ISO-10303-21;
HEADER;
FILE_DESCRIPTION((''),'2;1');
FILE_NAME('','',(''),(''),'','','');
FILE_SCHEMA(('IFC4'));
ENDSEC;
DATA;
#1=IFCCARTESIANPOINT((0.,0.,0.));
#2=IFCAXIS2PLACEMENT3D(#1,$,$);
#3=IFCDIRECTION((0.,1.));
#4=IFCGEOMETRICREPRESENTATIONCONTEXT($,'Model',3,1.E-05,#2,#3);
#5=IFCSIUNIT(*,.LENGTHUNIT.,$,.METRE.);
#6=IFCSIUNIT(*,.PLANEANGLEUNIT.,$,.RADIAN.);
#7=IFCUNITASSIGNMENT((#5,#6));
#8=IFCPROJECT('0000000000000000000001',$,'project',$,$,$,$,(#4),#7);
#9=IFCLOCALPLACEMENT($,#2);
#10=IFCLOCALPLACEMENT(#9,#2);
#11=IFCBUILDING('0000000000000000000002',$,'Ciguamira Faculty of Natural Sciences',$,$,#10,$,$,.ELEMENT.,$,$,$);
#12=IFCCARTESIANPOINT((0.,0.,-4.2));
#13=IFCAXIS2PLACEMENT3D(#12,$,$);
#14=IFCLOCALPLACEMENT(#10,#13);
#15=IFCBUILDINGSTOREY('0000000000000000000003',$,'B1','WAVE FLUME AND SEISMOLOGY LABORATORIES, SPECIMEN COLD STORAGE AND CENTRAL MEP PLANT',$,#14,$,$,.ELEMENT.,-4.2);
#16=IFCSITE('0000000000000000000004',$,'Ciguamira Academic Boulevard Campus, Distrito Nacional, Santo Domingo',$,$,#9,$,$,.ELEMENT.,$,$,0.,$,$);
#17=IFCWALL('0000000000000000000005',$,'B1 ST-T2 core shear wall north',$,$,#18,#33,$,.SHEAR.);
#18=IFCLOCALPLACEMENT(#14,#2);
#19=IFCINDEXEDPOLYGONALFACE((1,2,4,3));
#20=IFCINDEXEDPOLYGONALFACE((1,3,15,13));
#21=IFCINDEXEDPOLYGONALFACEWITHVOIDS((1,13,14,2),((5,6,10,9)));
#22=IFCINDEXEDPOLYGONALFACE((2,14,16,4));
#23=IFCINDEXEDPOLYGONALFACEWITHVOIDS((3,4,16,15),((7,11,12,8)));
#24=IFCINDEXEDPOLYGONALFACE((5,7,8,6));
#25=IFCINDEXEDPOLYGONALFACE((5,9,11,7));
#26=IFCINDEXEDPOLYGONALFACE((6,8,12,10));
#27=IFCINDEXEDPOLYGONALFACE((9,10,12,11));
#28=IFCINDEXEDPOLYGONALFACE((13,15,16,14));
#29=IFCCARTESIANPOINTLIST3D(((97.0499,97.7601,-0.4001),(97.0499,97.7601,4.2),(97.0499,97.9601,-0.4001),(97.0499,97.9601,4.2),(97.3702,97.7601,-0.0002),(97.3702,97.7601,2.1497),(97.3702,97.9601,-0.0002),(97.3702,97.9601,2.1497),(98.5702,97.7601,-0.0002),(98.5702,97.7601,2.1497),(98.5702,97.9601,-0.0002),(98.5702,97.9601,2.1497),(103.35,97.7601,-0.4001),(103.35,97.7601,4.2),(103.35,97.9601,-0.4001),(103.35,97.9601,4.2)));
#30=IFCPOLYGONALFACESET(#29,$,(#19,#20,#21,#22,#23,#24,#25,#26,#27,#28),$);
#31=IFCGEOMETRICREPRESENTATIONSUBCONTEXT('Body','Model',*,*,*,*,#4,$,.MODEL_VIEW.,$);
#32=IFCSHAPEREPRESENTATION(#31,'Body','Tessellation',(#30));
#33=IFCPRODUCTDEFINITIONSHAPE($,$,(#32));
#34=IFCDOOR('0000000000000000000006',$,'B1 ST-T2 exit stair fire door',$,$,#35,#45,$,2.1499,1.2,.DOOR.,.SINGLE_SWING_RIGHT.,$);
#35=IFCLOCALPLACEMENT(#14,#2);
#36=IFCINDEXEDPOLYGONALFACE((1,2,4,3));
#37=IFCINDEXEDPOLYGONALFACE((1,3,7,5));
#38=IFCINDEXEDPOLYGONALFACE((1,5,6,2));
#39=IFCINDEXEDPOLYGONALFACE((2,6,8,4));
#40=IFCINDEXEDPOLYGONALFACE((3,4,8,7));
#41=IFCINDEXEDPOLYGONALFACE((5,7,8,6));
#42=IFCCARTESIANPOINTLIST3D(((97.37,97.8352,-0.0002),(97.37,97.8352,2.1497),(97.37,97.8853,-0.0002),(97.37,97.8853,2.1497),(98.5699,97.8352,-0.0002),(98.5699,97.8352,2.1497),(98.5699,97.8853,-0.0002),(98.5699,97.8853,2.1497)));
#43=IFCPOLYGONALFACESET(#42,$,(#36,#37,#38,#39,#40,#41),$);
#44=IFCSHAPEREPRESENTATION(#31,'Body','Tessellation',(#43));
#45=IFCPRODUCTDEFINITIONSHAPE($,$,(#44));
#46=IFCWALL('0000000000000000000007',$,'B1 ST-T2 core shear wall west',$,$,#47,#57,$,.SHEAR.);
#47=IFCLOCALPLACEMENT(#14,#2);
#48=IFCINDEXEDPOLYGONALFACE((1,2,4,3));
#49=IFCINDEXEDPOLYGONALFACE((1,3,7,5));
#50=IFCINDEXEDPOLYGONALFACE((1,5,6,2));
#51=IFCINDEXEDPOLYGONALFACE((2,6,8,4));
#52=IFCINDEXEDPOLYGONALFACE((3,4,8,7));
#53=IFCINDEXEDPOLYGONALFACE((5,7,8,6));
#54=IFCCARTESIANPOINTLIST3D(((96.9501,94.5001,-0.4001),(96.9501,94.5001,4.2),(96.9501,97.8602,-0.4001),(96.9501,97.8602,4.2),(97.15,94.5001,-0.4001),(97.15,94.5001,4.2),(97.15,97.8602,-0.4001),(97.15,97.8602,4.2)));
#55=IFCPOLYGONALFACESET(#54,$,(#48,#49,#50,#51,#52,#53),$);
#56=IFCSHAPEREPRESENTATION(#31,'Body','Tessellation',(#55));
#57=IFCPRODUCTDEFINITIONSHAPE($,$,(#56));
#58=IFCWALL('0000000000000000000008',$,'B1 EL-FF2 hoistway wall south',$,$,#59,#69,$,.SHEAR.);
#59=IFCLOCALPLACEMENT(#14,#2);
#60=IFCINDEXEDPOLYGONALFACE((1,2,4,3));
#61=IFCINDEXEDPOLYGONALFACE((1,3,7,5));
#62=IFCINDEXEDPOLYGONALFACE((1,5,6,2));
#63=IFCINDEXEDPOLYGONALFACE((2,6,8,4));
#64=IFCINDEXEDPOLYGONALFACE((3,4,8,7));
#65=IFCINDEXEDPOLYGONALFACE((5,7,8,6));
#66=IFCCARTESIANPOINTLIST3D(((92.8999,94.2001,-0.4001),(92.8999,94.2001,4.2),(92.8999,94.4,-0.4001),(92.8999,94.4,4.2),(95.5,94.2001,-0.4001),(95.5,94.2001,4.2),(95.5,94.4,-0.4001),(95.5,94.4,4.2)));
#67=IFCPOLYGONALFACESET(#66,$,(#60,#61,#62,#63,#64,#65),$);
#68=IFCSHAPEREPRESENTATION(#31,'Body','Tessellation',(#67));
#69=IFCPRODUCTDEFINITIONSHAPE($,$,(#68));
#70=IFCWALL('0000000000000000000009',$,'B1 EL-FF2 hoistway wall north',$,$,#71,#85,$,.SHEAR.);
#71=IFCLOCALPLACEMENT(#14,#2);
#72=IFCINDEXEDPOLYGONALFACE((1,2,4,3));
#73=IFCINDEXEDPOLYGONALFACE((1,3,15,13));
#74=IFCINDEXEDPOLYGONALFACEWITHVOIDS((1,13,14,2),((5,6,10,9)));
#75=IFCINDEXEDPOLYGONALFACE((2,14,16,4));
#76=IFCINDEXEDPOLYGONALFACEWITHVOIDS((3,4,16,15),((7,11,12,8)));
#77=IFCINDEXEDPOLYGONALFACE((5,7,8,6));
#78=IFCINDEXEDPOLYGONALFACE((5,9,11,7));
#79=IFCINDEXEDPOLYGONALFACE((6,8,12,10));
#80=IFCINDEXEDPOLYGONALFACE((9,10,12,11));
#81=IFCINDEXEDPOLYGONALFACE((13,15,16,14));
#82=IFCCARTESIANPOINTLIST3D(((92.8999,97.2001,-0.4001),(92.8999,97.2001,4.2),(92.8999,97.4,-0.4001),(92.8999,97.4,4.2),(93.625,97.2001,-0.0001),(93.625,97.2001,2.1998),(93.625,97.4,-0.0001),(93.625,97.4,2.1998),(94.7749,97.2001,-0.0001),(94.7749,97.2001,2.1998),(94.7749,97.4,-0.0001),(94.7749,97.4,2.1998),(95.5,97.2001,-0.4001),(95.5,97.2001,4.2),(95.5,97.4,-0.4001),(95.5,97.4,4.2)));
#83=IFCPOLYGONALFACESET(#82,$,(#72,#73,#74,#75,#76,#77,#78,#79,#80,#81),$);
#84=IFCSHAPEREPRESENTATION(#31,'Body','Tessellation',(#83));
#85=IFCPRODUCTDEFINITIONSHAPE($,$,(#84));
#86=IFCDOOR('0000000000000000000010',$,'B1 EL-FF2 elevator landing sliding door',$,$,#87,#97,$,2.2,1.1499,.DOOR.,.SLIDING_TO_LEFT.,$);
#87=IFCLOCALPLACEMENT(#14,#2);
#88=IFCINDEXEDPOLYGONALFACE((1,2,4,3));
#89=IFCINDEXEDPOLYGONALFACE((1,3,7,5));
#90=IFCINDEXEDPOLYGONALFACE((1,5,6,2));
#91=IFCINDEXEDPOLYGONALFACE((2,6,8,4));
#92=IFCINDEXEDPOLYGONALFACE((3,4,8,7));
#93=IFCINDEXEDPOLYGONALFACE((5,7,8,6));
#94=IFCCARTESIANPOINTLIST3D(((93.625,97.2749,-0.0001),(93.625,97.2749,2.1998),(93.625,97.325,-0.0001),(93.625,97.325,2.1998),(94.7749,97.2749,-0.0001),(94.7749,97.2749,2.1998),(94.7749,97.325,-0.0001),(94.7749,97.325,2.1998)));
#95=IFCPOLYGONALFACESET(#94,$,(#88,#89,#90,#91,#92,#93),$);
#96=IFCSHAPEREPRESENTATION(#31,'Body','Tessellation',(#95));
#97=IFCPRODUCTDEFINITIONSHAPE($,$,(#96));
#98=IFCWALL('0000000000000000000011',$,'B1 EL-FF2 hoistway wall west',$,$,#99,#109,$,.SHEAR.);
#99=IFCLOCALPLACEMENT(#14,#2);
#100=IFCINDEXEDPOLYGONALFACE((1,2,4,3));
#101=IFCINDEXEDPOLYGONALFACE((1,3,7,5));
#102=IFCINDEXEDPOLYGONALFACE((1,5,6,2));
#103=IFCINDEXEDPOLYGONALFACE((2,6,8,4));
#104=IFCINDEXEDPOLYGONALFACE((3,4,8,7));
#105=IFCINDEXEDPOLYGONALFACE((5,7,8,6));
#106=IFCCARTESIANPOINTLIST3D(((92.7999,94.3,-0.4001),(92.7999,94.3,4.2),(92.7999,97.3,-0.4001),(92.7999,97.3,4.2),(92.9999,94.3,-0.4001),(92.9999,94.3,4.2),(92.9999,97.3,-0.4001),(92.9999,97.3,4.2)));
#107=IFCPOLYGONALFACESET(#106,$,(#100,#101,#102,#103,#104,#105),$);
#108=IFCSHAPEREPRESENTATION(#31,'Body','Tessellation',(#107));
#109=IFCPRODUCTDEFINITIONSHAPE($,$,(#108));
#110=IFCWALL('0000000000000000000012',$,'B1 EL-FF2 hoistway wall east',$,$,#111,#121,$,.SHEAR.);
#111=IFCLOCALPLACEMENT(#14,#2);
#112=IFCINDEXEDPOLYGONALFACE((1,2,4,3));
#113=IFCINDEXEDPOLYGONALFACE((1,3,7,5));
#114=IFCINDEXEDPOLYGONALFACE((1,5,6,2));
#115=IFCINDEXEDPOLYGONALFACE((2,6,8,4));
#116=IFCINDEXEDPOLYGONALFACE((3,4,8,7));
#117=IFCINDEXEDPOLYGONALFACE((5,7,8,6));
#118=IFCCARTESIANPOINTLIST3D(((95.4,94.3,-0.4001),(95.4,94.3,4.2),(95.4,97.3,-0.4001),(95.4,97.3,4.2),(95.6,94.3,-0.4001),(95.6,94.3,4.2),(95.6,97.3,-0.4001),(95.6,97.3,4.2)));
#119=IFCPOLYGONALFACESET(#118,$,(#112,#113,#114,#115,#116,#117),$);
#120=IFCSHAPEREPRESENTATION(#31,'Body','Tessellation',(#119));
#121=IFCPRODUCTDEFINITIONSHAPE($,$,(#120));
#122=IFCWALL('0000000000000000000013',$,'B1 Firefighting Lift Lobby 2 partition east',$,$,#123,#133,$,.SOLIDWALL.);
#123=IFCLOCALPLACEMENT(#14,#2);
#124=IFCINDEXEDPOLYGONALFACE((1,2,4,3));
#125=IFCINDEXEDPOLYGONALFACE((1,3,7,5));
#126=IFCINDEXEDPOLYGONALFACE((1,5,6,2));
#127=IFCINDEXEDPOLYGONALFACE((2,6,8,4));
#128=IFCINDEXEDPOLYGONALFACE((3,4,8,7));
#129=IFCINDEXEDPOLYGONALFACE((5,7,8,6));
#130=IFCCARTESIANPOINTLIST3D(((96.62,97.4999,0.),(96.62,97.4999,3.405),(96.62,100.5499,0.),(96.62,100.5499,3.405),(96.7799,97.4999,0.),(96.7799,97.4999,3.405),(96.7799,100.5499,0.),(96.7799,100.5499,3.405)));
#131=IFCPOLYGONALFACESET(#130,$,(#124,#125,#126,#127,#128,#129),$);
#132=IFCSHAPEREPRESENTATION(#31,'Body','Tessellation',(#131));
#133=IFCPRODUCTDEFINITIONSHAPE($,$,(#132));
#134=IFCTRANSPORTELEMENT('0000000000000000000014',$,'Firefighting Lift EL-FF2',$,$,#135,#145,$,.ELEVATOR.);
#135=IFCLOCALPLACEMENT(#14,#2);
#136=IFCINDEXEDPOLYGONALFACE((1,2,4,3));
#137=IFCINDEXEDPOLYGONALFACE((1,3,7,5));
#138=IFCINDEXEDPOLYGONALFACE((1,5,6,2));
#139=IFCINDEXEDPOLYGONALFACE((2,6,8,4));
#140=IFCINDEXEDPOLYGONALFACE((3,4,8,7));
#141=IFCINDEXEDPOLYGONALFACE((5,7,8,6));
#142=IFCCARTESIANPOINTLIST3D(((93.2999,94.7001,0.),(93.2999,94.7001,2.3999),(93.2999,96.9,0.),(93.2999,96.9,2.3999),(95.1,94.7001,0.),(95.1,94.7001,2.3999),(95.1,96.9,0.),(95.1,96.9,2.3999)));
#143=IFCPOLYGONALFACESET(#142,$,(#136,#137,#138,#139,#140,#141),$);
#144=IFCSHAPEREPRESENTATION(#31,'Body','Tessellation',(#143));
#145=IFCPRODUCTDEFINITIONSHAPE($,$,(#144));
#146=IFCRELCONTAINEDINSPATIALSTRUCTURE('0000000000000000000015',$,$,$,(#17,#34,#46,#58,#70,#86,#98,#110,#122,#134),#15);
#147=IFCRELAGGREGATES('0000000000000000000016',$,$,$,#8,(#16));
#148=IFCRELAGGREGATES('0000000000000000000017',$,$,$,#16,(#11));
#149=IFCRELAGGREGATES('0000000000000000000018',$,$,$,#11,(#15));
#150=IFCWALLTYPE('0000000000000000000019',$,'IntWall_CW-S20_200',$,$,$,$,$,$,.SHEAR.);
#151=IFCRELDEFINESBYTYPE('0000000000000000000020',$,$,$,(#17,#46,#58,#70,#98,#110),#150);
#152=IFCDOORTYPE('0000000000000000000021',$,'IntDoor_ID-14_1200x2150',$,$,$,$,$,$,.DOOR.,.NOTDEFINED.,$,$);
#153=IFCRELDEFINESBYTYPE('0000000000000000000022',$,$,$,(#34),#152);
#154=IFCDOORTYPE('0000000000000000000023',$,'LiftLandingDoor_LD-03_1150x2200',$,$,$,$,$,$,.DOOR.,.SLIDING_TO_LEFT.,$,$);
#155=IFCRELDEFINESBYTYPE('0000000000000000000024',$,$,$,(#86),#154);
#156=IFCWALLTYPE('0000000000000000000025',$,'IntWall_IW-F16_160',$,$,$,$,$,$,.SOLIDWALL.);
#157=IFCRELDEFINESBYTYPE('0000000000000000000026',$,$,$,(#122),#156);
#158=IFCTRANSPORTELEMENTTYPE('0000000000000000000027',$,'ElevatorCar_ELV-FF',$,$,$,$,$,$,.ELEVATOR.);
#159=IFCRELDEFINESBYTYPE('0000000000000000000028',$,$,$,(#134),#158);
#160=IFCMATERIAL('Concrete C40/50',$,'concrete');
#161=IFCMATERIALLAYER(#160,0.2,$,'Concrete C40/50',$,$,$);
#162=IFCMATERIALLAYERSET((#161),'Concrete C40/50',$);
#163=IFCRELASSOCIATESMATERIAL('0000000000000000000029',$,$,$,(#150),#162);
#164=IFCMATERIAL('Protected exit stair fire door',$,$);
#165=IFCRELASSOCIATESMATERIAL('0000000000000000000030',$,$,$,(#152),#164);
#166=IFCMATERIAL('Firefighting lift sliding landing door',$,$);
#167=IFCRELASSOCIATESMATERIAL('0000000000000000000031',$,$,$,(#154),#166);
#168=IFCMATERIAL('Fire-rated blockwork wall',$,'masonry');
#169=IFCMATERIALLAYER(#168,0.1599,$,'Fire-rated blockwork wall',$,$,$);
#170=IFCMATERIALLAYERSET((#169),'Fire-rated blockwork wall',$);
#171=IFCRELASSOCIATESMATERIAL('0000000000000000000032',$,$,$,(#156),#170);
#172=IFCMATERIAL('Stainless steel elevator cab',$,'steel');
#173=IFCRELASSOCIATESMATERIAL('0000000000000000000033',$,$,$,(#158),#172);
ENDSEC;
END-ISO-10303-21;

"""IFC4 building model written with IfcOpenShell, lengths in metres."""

from ifc_helpers import new_model, si_unit, direction, frame, frame_2d, origin, origin_2d, place, context, subcontext, project, spatial, rectangle, extrude, material, layer, layer_set, type_object, element, fill, save


model = new_model("IFC4")

# Units and contexts
model_context = context("Model", 3, precision=1e-05, world=origin(), true_north=direction((0.0, 1.0)))
body_context = subcontext(model_context, "Body", "Model", "MODEL_VIEW")
ifc_project = project(units=[si_unit("LENGTHUNIT", "METRE"), si_unit("PLANEANGLEUNIT", "RADIAN")], contexts=[model_context])

# Site, building, storey
site_placement = place(None, origin())
site = spatial("IfcSite", under=ifc_project, at=site_placement, Name="Ciguamira Academic Boulevard Campus, Distrito Nacional, Santo Domingo", CompositionType="ELEMENT", RefElevation=0.0)
building_placement = place(site_placement, origin())
building = spatial("IfcBuilding", under=site, at=building_placement, Name="Ciguamira Faculty of Natural Sciences", CompositionType="ELEMENT")
storey_placement = place(building_placement, frame((0.0, 0.0, -4.2)))
storey = spatial("IfcBuildingStorey", under=building, at=storey_placement, Name="B1", Description="WAVE FLUME AND SEISMOLOGY LABORATORIES, SPECIMEN COLD STORAGE AND CENTRAL MEP PLANT", CompositionType="ELEMENT", Elevation=-4.2)

# Shared definitions
ifc_material_1 = material(Name="Concrete C40/50", Category="concrete")

# Shared definitions
ifc_layer_1 = layer(ifc_material_1, 0.2, Name="Concrete C40/50")
ifc_layer_set_1 = layer_set([ifc_layer_1], Name="Concrete C40/50")
wall_type_1 = type_object("IfcWallType", Name="IntWall_CW-S20_200", PredefinedType="SHEAR", material=ifc_layer_set_1)

# Wall, opening, door
wall_1_placement = place(storey_placement, frame((97.05, 97.8601, -0.4001), z_axis=(0.0, 0.0, 1.0), x_axis=(1.0, 0.0, 0.0)))
wall_1 = element("IfcWall", 1, at=wall_1_placement, inside=storey, type_object=wall_type_1, Name="B1 ST-T2 core shear wall north", PredefinedType="SHEAR", context=body_context, shape_type="SweptSolid", body=[
    extrude(rectangle(XDim=6.3, YDim=0.2, at=frame_2d((3.1499, 0.0))), origin(), (0.0, 0.0, 1.0), 4.6001),
])
opening_1_placement = place(wall_1_placement, frame((0.3201, 0.0, 0.3999)))
opening_1 = element("IfcOpeningElement", 2, at=opening_1_placement, cuts=wall_1, PredefinedType="OPENING", context=body_context, shape_type="SweptSolid", body=[
    extrude(rectangle(XDim=1.2, YDim=2.1499, at=frame_2d((0.6001, 1.075))), frame((0.0, 0.1099, 0.0), z_axis=(0.0, -1.0, 0.0), x_axis=(1.0, 0.0, 0.0)), (0.0, 0.0, 1.0), 0.22),
])
ifc_material_2 = material(Name="Protected exit stair fire door")
door_type_1 = type_object("IfcDoorType", Name="IntDoor_ID-14_1200x2150", OperationType="NOTDEFINED", PredefinedType="DOOR", material=ifc_material_2)
door_1_placement = place(opening_1_placement, frame((1.2, 0.0, 0.0), z_axis=(0.0, 0.0, 1.0), x_axis=(-1.0, 0.0, 0.0)))
door_1 = element("IfcDoor", 3, at=door_1_placement, inside=storey, type_object=door_type_1, Name="B1 ST-T2 exit stair fire door", OperationType="SINGLE_SWING_RIGHT", OverallHeight=2.1499, OverallWidth=1.2, PredefinedType="DOOR", context=body_context, shape_type="SweptSolid", body=[
    extrude(rectangle(XDim=1.2, YDim=2.1499, at=frame_2d((0.6001, 1.075))), frame((0.0, 0.0249, 0.0), z_axis=(0.0, -1.0, 0.0), x_axis=(1.0, 0.0, 0.0)), (0.0, 0.0, 1.0), 0.05),
])
fill(opening_1, door_1)

# Walls
wall_2_placement = place(storey_placement, frame((97.05, 94.5, -0.4001), z_axis=(0.0, 0.0, 1.0), x_axis=(0.0, 1.0, 0.0)))
element("IfcWall", 4, at=wall_2_placement, inside=storey, type_object=wall_type_1, Name="B1 ST-T2 core shear wall west", PredefinedType="SHEAR", context=body_context, shape_type="SweptSolid", body=[
    extrude(rectangle(XDim=3.3601, YDim=0.2, at=frame_2d((1.6802, 0.0))), origin(), (0.0, 0.0, 1.0), 4.6001),
])
wall_3_placement = place(storey_placement, frame((92.8999, 94.3, -0.4001), z_axis=(0.0, 0.0, 1.0), x_axis=(1.0, 0.0, 0.0)))
element("IfcWall", 5, at=wall_3_placement, inside=storey, type_object=wall_type_1, Name="B1 EL-FF2 hoistway wall south", PredefinedType="SHEAR", context=body_context, shape_type="SweptSolid", body=[
    extrude(rectangle(XDim=2.6001, YDim=0.2, at=frame_2d((1.3, 0.0))), origin(), (0.0, 0.0, 1.0), 4.6001),
])

# Wall, opening, door
wall_4_placement = place(storey_placement, frame((92.8999, 97.3, -0.4001), z_axis=(0.0, 0.0, 1.0), x_axis=(1.0, 0.0, 0.0)))
wall_4 = element("IfcWall", 6, at=wall_4_placement, inside=storey, type_object=wall_type_1, Name="B1 EL-FF2 hoistway wall north", PredefinedType="SHEAR", context=body_context, shape_type="SweptSolid", body=[
    extrude(rectangle(XDim=2.6001, YDim=0.2, at=frame_2d((1.3, 0.0))), origin(), (0.0, 0.0, 1.0), 4.6001),
])
opening_2_placement = place(wall_4_placement, frame((0.7251, 0.0, 0.3999)))
opening_2 = element("IfcOpeningElement", 7, at=opening_2_placement, cuts=wall_4, PredefinedType="OPENING", context=body_context, shape_type="SweptSolid", body=[
    extrude(rectangle(XDim=1.1499, YDim=2.2, at=frame_2d((0.575, 1.1001))), frame((0.0, 0.1099, 0.0), z_axis=(0.0, -1.0, 0.0), x_axis=(1.0, 0.0, 0.0)), (0.0, 0.0, 1.0), 0.22),
])
ifc_material_3 = material(Name="Firefighting lift sliding landing door")
door_type_2 = type_object("IfcDoorType", Name="LiftLandingDoor_LD-03_1150x2200", OperationType="SLIDING_TO_LEFT", PredefinedType="DOOR", material=ifc_material_3)
door_2_placement = place(opening_2_placement, origin())
door_2 = element("IfcDoor", 8, at=door_2_placement, inside=storey, type_object=door_type_2, Name="B1 EL-FF2 elevator landing sliding door", OperationType="SLIDING_TO_LEFT", OverallHeight=2.2, OverallWidth=1.1499, PredefinedType="DOOR", context=body_context, shape_type="SweptSolid", body=[
    extrude(rectangle(XDim=1.1499, YDim=2.2, at=frame_2d((0.575, 1.1001))), frame((0.0, 0.0249, 0.0), z_axis=(0.0, -1.0, 0.0), x_axis=(1.0, 0.0, 0.0)), (0.0, 0.0, 1.0), 0.05),
])
fill(opening_2, door_2)

# Walls
for number, where, z_axis, x_axis, name in (
    (9, (92.8999, 94.3, -0.4001), (0.0, 0.0, 1.0), (0.0, 1.0, 0.0), "B1 EL-FF2 hoistway wall west"),
    (10, (95.5, 94.3, -0.4001), (0.0, 0.0, 1.0), (0.0, 1.0, 0.0), "B1 EL-FF2 hoistway wall east"),
):
    element("IfcWall", number, at=place(storey_placement, frame(where, z_axis=z_axis, x_axis=x_axis)), inside=storey, type_object=wall_type_1, Name=name, PredefinedType="SHEAR", context=body_context, shape_type="SweptSolid", body=[
        extrude(rectangle(XDim=3.0, YDim=0.2, at=frame_2d((1.5, 0.0))), origin(), (0.0, 0.0, 1.0), 4.6001),
    ])
ifc_material_4 = material(Name="Fire-rated blockwork wall", Category="masonry")
ifc_layer_2 = layer(ifc_material_4, 0.1599, Name="Fire-rated blockwork wall")
ifc_layer_set_2 = layer_set([ifc_layer_2], Name="Fire-rated blockwork wall")
wall_type_2 = type_object("IfcWallType", Name="IntWall_IW-F16_160", PredefinedType="SOLIDWALL", material=ifc_layer_set_2)
wall_5_placement = place(storey_placement, frame((96.7, 97.5, 0.0), z_axis=(0.0, 0.0, 1.0), x_axis=(0.0, 1.0, 0.0)))
element("IfcWall", 11, at=wall_5_placement, inside=storey, type_object=wall_type_2, Name="B1 Firefighting Lift Lobby 2 partition east", PredefinedType="SOLIDWALL", context=body_context, shape_type="SweptSolid", body=[
    extrude(rectangle(XDim=3.05, YDim=0.1599, at=frame_2d((1.5249, 0.0))), origin(), (0.0, 0.0, 1.0), 3.405),
])

# Transport element
ifc_material_5 = material(Name="Stainless steel elevator cab", Category="steel")
transport_element_type = type_object("IfcTransportElementType", Name="ElevatorCar_ELV-FF", PredefinedType="ELEVATOR", material=ifc_material_5)
transport_element_placement = place(storey_placement, frame((94.2, 95.8, 0.0), z_axis=(0.0, 0.0, 1.0), x_axis=(1.0, 0.0, 0.0)))
element("IfcTransportElement", 12, at=transport_element_placement, inside=storey, type_object=transport_element_type, Name="Firefighting Lift EL-FF2", PredefinedType="ELEVATOR", context=body_context, shape_type="SweptSolid", body=[
    extrude(rectangle(XDim=1.8, YDim=2.2, at=origin_2d()), origin(), (0.0, 0.0, 1.0), 2.3999),
])

save(model, "model.ifc")
